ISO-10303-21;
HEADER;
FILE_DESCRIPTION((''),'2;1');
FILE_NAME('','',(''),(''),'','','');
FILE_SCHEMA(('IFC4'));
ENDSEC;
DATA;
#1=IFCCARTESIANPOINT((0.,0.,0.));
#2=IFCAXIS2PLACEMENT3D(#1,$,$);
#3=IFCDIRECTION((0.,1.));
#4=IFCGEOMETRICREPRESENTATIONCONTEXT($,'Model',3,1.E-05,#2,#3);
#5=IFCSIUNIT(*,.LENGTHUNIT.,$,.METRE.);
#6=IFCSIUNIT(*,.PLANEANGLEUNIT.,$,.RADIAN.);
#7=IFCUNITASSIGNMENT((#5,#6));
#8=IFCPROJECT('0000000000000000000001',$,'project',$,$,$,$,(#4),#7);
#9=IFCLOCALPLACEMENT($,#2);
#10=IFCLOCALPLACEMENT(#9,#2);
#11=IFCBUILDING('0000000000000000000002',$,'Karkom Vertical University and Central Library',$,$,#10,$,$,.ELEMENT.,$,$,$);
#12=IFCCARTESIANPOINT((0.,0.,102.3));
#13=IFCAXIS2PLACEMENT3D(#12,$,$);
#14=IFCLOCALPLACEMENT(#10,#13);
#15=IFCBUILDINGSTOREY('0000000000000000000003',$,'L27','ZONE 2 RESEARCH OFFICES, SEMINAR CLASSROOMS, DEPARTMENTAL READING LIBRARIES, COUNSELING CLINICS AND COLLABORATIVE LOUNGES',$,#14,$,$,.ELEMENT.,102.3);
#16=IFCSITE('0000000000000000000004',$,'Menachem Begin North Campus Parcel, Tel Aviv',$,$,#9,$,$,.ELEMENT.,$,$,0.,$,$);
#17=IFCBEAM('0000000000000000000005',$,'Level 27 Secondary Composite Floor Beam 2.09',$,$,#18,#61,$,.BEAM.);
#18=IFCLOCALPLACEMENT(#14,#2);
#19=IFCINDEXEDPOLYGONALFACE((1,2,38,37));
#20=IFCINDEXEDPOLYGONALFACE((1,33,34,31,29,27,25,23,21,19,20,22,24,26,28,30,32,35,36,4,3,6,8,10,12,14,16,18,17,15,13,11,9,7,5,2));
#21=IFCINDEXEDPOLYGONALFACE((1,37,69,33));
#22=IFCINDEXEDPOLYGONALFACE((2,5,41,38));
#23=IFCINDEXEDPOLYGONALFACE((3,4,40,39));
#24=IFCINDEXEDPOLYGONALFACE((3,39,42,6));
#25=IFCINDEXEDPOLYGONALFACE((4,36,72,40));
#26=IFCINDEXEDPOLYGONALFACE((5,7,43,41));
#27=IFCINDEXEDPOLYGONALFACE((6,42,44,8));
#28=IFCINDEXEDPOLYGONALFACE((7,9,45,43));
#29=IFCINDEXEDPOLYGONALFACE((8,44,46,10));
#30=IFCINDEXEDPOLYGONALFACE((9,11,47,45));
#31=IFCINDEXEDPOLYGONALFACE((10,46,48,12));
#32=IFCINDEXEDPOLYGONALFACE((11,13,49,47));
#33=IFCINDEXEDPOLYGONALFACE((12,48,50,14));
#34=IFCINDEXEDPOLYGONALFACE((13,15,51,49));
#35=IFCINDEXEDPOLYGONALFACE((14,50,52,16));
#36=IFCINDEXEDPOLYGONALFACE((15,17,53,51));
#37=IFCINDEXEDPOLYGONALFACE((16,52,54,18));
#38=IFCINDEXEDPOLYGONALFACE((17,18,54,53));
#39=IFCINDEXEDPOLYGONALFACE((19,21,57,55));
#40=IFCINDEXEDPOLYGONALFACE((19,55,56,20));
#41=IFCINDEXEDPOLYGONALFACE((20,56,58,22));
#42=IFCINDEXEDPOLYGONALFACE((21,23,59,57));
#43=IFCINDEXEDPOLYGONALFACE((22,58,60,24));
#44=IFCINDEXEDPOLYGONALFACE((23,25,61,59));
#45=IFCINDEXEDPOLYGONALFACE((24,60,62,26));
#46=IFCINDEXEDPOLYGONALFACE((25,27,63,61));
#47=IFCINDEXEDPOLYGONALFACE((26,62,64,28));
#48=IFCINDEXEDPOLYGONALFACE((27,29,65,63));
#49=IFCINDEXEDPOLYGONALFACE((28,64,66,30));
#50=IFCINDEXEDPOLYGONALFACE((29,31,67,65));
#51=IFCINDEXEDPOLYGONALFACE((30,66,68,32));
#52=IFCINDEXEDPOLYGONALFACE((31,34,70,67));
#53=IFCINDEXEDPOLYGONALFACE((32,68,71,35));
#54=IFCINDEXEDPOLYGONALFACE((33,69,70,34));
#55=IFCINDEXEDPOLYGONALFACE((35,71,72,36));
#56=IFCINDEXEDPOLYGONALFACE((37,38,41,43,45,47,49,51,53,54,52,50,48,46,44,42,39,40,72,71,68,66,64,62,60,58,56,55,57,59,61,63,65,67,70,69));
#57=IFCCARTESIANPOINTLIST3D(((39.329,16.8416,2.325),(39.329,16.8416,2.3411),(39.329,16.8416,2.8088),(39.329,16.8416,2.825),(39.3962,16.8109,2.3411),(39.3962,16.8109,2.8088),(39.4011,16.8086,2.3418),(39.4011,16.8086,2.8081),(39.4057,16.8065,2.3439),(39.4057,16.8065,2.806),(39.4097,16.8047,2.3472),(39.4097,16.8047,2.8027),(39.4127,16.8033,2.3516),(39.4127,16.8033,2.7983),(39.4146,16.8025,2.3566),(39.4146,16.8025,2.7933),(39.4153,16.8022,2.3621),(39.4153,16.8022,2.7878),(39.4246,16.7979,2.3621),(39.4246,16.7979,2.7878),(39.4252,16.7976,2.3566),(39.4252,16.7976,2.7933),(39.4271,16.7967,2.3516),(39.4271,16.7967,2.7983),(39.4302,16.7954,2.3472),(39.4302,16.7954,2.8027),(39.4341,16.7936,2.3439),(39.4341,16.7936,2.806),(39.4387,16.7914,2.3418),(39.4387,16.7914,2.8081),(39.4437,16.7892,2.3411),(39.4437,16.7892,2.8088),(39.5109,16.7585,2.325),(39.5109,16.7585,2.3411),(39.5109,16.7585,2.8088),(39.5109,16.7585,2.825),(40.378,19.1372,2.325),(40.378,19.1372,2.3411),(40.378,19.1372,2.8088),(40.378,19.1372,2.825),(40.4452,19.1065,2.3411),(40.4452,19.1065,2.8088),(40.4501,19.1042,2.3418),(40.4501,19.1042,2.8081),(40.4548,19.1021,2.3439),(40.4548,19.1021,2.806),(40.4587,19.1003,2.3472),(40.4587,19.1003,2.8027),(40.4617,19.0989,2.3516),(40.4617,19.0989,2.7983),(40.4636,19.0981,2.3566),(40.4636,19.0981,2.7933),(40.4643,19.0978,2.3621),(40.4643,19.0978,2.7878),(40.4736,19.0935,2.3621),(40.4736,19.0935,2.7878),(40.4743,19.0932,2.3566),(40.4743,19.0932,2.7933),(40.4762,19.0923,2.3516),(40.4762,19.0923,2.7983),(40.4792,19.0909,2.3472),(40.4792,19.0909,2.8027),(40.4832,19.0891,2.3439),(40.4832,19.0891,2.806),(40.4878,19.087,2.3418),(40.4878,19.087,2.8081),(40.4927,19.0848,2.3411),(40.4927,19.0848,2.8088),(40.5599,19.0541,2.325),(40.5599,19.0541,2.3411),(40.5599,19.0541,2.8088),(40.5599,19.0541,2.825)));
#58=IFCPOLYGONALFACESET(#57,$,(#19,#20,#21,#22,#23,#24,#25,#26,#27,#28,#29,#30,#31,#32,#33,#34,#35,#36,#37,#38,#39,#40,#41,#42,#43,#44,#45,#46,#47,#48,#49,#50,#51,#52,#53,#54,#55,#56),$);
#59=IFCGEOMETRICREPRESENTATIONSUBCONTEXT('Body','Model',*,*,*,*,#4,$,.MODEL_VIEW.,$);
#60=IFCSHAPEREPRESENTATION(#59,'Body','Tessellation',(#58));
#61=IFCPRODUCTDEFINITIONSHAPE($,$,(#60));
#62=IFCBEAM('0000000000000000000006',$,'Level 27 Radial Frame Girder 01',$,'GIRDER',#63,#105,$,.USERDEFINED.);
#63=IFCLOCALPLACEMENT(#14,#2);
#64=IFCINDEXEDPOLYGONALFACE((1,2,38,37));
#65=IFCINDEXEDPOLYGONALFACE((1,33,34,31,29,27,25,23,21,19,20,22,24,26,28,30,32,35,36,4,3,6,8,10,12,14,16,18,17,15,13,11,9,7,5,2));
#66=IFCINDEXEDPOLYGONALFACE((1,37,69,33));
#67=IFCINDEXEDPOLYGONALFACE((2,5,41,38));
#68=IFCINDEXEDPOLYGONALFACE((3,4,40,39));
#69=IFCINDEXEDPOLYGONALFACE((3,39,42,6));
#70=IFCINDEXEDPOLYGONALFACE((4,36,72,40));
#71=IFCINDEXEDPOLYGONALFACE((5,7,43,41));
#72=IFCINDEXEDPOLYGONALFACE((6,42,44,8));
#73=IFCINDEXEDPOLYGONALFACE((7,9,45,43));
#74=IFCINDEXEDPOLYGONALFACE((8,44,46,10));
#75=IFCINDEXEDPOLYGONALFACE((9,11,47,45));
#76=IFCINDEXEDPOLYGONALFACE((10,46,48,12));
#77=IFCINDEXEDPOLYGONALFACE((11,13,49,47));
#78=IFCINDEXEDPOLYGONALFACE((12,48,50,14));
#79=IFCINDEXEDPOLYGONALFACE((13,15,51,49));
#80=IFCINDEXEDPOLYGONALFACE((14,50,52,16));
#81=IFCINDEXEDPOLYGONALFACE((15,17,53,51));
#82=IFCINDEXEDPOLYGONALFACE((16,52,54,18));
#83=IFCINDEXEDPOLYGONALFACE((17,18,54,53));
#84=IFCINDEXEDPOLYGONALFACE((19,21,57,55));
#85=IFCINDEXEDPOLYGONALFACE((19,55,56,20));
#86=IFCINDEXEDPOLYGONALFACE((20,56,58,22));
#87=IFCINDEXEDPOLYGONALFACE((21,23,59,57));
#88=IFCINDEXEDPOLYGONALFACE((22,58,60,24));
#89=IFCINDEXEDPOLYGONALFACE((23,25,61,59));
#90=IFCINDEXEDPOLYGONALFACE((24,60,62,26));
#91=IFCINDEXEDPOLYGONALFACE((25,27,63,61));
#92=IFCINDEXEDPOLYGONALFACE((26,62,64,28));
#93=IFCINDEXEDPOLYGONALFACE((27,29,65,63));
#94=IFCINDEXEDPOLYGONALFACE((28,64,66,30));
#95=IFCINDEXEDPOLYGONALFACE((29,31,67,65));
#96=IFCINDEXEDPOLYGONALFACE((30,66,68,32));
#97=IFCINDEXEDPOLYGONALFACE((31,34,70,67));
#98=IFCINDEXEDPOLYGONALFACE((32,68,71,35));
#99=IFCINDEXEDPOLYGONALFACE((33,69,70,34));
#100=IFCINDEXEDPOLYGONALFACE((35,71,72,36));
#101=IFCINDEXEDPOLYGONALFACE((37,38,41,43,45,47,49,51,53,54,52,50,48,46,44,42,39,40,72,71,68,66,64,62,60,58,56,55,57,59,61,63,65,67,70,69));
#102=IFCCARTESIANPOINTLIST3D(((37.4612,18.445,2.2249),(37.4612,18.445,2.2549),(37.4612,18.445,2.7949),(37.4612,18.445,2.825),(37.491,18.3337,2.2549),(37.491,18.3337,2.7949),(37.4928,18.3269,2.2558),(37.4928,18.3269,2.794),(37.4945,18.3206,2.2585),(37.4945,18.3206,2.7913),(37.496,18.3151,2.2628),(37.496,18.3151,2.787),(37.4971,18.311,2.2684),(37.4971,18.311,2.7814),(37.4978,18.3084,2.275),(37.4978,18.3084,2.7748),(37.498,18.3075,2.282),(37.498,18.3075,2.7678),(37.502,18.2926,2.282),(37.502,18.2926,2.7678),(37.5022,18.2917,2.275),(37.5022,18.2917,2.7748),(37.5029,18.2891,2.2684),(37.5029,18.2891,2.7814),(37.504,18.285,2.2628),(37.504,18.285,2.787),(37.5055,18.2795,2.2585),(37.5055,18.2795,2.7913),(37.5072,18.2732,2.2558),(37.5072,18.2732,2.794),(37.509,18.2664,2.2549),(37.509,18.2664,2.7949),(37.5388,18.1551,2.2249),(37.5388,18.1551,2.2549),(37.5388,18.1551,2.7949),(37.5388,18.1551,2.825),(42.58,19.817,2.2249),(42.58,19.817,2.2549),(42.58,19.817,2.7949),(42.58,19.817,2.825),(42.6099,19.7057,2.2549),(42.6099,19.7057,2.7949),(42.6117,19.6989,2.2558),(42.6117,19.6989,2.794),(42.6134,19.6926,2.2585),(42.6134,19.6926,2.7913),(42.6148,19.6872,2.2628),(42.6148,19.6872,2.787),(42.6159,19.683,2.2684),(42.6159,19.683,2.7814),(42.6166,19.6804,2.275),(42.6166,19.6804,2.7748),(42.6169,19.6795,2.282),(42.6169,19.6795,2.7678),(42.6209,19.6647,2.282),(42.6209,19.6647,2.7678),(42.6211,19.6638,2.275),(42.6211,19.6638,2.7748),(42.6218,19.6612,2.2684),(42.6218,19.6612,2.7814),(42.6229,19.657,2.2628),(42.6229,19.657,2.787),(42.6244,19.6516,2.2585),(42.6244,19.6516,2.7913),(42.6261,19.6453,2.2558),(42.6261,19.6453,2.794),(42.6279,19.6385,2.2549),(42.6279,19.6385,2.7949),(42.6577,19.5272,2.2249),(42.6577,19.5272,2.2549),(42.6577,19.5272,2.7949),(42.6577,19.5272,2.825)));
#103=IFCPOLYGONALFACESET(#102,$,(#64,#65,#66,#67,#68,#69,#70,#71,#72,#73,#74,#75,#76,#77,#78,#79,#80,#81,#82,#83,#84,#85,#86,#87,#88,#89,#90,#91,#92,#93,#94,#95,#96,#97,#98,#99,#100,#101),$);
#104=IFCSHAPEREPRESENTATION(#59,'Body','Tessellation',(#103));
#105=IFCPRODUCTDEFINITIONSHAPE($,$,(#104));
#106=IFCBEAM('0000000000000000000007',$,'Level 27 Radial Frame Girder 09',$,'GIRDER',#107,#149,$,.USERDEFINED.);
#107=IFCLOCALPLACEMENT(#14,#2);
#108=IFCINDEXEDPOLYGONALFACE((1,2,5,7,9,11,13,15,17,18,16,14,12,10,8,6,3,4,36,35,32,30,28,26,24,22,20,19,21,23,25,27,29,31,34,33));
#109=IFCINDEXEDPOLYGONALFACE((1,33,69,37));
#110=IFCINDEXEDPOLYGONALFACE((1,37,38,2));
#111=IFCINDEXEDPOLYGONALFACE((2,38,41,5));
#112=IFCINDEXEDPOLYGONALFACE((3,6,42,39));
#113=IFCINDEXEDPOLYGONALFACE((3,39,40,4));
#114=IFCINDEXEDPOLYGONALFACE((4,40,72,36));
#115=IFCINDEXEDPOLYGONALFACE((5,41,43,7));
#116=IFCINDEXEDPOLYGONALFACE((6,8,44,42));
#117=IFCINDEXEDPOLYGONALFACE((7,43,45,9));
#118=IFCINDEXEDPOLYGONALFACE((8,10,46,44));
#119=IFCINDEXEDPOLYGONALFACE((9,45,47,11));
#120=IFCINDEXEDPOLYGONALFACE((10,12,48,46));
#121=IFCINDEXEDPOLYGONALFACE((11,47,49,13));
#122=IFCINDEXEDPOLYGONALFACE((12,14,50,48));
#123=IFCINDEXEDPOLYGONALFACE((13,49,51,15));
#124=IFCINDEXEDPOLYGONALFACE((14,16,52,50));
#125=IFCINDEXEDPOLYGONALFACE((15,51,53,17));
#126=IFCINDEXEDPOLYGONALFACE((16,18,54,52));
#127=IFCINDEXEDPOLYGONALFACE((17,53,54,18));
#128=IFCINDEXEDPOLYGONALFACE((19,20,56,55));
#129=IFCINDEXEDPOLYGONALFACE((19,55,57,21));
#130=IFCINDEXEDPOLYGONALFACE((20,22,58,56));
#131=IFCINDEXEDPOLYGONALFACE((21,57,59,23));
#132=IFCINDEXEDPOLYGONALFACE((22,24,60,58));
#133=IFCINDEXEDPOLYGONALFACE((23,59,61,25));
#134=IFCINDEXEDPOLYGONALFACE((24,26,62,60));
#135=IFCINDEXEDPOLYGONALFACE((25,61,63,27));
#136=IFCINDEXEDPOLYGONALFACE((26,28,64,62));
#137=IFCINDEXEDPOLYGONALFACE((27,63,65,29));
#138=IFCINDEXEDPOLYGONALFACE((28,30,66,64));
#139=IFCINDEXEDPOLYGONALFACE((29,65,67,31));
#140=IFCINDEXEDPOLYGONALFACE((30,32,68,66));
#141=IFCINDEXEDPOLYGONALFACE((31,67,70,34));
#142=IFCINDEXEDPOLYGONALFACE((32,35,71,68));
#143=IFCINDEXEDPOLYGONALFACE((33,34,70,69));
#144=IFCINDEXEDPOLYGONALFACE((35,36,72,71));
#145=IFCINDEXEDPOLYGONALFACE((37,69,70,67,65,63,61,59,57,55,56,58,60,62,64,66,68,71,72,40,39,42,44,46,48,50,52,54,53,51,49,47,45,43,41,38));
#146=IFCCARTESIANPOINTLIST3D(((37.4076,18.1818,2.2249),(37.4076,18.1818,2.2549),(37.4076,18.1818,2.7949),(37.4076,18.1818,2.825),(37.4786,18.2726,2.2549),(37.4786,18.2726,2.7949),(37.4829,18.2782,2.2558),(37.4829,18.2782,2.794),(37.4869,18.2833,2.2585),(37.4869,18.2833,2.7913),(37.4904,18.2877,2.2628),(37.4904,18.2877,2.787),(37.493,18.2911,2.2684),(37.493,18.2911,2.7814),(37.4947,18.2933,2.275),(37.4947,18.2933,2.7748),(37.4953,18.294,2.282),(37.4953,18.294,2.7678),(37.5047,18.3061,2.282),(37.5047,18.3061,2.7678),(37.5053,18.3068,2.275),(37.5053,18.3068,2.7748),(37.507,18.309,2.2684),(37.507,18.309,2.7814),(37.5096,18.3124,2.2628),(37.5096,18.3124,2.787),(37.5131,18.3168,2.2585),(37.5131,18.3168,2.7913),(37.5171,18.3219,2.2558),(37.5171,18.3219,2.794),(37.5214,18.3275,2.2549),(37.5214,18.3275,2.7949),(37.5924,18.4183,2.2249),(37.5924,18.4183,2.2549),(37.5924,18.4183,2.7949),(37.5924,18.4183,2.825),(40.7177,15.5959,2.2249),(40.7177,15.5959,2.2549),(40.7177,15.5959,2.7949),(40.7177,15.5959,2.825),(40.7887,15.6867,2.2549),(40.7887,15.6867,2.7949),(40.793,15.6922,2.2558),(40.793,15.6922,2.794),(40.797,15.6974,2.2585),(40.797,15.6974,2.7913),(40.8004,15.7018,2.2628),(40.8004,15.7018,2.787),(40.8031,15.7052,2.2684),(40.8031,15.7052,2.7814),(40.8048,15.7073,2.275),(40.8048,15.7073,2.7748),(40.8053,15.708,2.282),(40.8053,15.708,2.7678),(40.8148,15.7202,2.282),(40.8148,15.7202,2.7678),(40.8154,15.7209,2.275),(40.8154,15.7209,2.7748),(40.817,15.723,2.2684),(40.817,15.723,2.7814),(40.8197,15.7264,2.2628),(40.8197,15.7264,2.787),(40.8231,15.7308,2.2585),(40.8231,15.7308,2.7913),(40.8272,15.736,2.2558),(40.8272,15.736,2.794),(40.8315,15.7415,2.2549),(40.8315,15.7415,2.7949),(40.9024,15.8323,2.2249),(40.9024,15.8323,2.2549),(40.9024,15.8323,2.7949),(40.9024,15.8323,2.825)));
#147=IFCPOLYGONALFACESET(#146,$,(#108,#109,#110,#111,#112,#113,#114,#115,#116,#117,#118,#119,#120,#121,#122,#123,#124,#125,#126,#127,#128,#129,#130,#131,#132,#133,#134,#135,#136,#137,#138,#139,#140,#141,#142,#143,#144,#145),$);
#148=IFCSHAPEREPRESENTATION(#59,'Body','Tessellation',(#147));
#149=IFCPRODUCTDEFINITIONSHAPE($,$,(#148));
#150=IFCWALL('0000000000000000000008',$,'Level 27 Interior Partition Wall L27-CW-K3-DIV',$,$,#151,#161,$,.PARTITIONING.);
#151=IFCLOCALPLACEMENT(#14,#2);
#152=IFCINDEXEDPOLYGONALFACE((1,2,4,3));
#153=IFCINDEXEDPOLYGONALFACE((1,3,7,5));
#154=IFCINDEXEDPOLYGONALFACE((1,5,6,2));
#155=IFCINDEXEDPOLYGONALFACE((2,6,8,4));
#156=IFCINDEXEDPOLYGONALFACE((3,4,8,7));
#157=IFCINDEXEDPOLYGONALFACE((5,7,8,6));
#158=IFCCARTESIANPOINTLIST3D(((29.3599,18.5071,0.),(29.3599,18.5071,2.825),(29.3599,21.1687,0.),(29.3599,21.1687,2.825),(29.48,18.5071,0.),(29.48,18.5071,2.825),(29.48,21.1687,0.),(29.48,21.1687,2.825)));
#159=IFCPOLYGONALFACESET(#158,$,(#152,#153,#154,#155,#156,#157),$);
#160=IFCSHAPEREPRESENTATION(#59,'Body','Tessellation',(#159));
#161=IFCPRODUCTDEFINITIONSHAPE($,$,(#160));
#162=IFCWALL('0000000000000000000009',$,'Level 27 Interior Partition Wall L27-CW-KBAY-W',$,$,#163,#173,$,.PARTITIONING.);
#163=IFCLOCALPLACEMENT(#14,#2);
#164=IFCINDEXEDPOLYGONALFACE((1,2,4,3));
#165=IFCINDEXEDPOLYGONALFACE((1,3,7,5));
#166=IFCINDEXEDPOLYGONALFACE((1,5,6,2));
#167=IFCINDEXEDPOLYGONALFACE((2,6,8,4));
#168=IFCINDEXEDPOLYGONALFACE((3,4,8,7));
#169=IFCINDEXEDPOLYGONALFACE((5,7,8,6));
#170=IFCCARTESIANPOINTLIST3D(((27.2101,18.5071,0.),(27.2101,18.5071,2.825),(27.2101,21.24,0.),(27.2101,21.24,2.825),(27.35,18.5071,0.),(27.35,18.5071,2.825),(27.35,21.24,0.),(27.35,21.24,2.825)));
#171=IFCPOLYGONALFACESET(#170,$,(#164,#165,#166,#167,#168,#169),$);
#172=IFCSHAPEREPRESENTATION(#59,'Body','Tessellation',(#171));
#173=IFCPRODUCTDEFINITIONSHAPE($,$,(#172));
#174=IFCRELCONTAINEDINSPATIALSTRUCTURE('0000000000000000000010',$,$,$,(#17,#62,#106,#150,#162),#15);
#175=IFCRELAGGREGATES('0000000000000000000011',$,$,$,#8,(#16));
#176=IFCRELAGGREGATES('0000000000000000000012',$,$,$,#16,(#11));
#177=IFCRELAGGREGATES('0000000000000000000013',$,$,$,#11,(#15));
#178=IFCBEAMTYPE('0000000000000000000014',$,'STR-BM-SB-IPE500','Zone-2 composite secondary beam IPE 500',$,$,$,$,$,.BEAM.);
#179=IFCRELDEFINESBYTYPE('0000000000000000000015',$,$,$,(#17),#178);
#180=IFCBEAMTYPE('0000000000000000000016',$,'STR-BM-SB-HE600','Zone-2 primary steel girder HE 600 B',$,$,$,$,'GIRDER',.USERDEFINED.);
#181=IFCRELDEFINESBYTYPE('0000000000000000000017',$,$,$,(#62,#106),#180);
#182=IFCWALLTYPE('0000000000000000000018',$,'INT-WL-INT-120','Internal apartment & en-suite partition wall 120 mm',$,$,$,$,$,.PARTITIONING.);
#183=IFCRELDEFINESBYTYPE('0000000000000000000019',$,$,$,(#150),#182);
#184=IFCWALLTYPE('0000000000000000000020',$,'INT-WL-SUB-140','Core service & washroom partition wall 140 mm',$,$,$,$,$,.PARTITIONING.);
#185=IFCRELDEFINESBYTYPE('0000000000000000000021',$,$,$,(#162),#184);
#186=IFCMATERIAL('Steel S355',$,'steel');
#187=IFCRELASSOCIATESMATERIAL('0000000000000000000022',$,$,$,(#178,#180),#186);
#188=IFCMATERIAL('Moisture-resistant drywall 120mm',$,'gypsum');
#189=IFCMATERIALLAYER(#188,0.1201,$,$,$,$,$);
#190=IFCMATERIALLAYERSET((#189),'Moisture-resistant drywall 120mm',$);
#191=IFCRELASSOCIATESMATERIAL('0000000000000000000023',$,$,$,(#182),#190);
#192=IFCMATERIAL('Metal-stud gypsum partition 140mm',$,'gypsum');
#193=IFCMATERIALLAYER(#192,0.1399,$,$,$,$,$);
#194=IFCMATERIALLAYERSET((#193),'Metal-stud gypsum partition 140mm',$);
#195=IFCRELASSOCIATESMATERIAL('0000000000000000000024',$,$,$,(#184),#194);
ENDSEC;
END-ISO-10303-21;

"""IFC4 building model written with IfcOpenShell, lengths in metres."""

from ifc_helpers import new_model, si_unit, direction, frame, frame_2d, origin, origin_with_axes, origin_2d, place, context, subcontext, project, spatial, rectangle, i_section, extrude, source, transform, mapped, material, layer, layer_set, material_profile, profile_set, type_object, element, save


model = new_model("IFC4")

# Units and contexts
model_context = context("Model", 3, precision=1e-05, world=origin(), true_north=direction((0.0, 1.0)))
body_context = subcontext(model_context, "Body", "Model", "MODEL_VIEW")
ifc_project = project(units=[si_unit("LENGTHUNIT", "METRE"), si_unit("PLANEANGLEUNIT", "RADIAN")], contexts=[model_context])

# Site, building, storey
site_placement = place(None, origin())
site = spatial("IfcSite", under=ifc_project, at=site_placement, Name="Menachem Begin North Campus Parcel, Tel Aviv", CompositionType="ELEMENT", RefElevation=0.0)
building_placement = place(site_placement, origin())
building = spatial("IfcBuilding", under=site, at=building_placement, Name="Karkom Vertical University and Central Library", CompositionType="ELEMENT")
storey_placement = place(building_placement, frame((0.0, 0.0, 102.3)))
storey = spatial("IfcBuildingStorey", under=building, at=storey_placement, Name="L27", Description="ZONE 2 RESEARCH OFFICES, SEMINAR CLASSROOMS, DEPARTMENTAL READING LIBRARIES, COUNSELING CLINICS AND COLLABORATIVE LOUNGES", CompositionType="ELEMENT", Elevation=102.3)

# Beams
ifc_material_1 = material(Name="Steel S355", Category="steel")
ifc_material_profile_1 = material_profile(ifc_material_1, i_section(OverallWidth=0.2, OverallDepth=0.5, WebThickness=0.0103, FlangeThickness=0.0161, FilletRadius=0.021, at=origin_2d()), Name="IPE 500")
ifc_profile_set_1 = profile_set([ifc_material_profile_1], Name="Steel S355")
beam_type_1 = type_object("IfcBeamType", Name="STR-BM-SB-IPE500", Description="Zone-2 composite secondary beam IPE 500", PredefinedType="BEAM", material=ifc_profile_set_1)
shared_shape_1 = source(origin_with_axes(), body_context, "Body", "SweptSolid", [
    extrude(i_section(OverallWidth=0.2, OverallDepth=0.5, WebThickness=0.0103, FlangeThickness=0.0161, FilletRadius=0.021, at=origin_2d()), origin(), (0.0, 0.0, 1.0), 2.5239),
])
beam_1_placement = place(storey_placement, frame((39.4199, 16.8, 2.575), z_axis=(0.415639, 0.90953, 0.0), x_axis=(-0.90953, 0.415639, 0.0)))
element("IfcBeam", 1, at=beam_1_placement, inside=storey, type_object=beam_type_1, Name="Level 27 Secondary Composite Floor Beam 2.09", PredefinedType="BEAM", context=body_context, shape_type="MappedRepresentation", body=[
    mapped(shared_shape_1, transform((0.0, 0.0, 0.0), scale=1.0)),
])
ifc_material_profile_2 = material_profile(ifc_material_1, i_section(OverallWidth=0.3, OverallDepth=0.6001, WebThickness=0.0154, FlangeThickness=0.03, FilletRadius=0.0271, at=origin_2d()), Name="HE 600 B")
ifc_profile_set_2 = profile_set([ifc_material_profile_2], Name="Steel S355")
beam_type_2 = type_object("IfcBeamType", Name="STR-BM-SB-HE600", Description="Zone-2 primary steel girder HE 600 B", ElementType="GIRDER", PredefinedType="USERDEFINED", material=ifc_profile_set_2)
shared_shape_2 = source(origin_with_axes(), body_context, "Body", "SweptSolid", [
    extrude(i_section(OverallWidth=0.3, OverallDepth=0.6001, WebThickness=0.0154, FlangeThickness=0.03, FilletRadius=0.0271, at=origin_2d()), origin(), (0.0, 0.0, 1.0), 5.2996),
])
beam_2_placement = place(storey_placement, frame((37.5, 18.3, 2.5249), z_axis=(0.965904, 0.258901, 0.0), x_axis=(-0.258901, 0.965904, 0.0)))
element("IfcBeam", 2, at=beam_2_placement, inside=storey, type_object=beam_type_2, Name="Level 27 Radial Frame Girder 01", ObjectType="GIRDER", PredefinedType="USERDEFINED", context=body_context, shape_type="MappedRepresentation", body=[
    mapped(shared_shape_2, transform((0.0, 0.0, 0.0), scale=1.0)),
])
shared_shape_3 = source(origin_with_axes(), body_context, "Body", "SweptSolid", [
    extrude(i_section(OverallWidth=0.3, OverallDepth=0.6001, WebThickness=0.0154, FlangeThickness=0.03, FilletRadius=0.0271, at=origin_2d()), origin(), (0.0, 0.0, 1.0), 4.2004),
])
beam_3_placement = place(storey_placement, frame((37.5, 18.3, 2.5249), z_axis=(0.78803, -0.615637, 0.0), x_axis=(0.615637, 0.78803, 0.0)))
element("IfcBeam", 3, at=beam_3_placement, inside=storey, type_object=beam_type_2, Name="Level 27 Radial Frame Girder 09", ObjectType="GIRDER", PredefinedType="USERDEFINED", context=body_context, shape_type="MappedRepresentation", body=[
    mapped(shared_shape_3, transform((0.0, 0.0, 0.0), scale=1.0)),
])

# Walls
ifc_material_2 = material(Name="Moisture-resistant drywall 120mm", Category="gypsum")
ifc_layer_1 = layer(ifc_material_2, 0.1201)
ifc_layer_set_1 = layer_set([ifc_layer_1], Name="Moisture-resistant drywall 120mm")
wall_type_1 = type_object("IfcWallType", Name="INT-WL-INT-120", Description="Internal apartment & en-suite partition wall 120 mm", PredefinedType="PARTITIONING", material=ifc_layer_set_1)
wall_1_placement = place(storey_placement, frame((29.4199, 18.5071, 0.0), z_axis=(0.0, 0.0, 1.0), x_axis=(0.0, 1.0, 0.0)))
element("IfcWall", 4, at=wall_1_placement, inside=storey, type_object=wall_type_1, Name="Level 27 Interior Partition Wall L27-CW-K3-DIV", PredefinedType="PARTITIONING", context=body_context, shape_type="SweptSolid", body=[
    extrude(rectangle(XDim=2.6616, YDim=0.1201, at=frame_2d((1.3308, 0.0))), origin(), (0.0, 0.0, 1.0), 2.825),
])
ifc_material_3 = material(Name="Metal-stud gypsum partition 140mm", Category="gypsum")
ifc_layer_2 = layer(ifc_material_3, 0.1399)
ifc_layer_set_2 = layer_set([ifc_layer_2], Name="Metal-stud gypsum partition 140mm")
wall_type_2 = type_object("IfcWallType", Name="INT-WL-SUB-140", Description="Core service & washroom partition wall 140 mm", PredefinedType="PARTITIONING", material=ifc_layer_set_2)
wall_2_placement = place(storey_placement, frame((27.28, 18.5071, 0.0), z_axis=(0.0, 0.0, 1.0), x_axis=(0.0, 1.0, 0.0)))
element("IfcWall", 5, at=wall_2_placement, inside=storey, type_object=wall_type_2, Name="Level 27 Interior Partition Wall L27-CW-KBAY-W", PredefinedType="PARTITIONING", context=body_context, shape_type="SweptSolid", body=[
    extrude(rectangle(XDim=2.7329, YDim=0.1399, at=frame_2d((1.3665, 0.0))), origin(), (0.0, 0.0, 1.0), 2.825),
])

save(model, "model.ifc")
